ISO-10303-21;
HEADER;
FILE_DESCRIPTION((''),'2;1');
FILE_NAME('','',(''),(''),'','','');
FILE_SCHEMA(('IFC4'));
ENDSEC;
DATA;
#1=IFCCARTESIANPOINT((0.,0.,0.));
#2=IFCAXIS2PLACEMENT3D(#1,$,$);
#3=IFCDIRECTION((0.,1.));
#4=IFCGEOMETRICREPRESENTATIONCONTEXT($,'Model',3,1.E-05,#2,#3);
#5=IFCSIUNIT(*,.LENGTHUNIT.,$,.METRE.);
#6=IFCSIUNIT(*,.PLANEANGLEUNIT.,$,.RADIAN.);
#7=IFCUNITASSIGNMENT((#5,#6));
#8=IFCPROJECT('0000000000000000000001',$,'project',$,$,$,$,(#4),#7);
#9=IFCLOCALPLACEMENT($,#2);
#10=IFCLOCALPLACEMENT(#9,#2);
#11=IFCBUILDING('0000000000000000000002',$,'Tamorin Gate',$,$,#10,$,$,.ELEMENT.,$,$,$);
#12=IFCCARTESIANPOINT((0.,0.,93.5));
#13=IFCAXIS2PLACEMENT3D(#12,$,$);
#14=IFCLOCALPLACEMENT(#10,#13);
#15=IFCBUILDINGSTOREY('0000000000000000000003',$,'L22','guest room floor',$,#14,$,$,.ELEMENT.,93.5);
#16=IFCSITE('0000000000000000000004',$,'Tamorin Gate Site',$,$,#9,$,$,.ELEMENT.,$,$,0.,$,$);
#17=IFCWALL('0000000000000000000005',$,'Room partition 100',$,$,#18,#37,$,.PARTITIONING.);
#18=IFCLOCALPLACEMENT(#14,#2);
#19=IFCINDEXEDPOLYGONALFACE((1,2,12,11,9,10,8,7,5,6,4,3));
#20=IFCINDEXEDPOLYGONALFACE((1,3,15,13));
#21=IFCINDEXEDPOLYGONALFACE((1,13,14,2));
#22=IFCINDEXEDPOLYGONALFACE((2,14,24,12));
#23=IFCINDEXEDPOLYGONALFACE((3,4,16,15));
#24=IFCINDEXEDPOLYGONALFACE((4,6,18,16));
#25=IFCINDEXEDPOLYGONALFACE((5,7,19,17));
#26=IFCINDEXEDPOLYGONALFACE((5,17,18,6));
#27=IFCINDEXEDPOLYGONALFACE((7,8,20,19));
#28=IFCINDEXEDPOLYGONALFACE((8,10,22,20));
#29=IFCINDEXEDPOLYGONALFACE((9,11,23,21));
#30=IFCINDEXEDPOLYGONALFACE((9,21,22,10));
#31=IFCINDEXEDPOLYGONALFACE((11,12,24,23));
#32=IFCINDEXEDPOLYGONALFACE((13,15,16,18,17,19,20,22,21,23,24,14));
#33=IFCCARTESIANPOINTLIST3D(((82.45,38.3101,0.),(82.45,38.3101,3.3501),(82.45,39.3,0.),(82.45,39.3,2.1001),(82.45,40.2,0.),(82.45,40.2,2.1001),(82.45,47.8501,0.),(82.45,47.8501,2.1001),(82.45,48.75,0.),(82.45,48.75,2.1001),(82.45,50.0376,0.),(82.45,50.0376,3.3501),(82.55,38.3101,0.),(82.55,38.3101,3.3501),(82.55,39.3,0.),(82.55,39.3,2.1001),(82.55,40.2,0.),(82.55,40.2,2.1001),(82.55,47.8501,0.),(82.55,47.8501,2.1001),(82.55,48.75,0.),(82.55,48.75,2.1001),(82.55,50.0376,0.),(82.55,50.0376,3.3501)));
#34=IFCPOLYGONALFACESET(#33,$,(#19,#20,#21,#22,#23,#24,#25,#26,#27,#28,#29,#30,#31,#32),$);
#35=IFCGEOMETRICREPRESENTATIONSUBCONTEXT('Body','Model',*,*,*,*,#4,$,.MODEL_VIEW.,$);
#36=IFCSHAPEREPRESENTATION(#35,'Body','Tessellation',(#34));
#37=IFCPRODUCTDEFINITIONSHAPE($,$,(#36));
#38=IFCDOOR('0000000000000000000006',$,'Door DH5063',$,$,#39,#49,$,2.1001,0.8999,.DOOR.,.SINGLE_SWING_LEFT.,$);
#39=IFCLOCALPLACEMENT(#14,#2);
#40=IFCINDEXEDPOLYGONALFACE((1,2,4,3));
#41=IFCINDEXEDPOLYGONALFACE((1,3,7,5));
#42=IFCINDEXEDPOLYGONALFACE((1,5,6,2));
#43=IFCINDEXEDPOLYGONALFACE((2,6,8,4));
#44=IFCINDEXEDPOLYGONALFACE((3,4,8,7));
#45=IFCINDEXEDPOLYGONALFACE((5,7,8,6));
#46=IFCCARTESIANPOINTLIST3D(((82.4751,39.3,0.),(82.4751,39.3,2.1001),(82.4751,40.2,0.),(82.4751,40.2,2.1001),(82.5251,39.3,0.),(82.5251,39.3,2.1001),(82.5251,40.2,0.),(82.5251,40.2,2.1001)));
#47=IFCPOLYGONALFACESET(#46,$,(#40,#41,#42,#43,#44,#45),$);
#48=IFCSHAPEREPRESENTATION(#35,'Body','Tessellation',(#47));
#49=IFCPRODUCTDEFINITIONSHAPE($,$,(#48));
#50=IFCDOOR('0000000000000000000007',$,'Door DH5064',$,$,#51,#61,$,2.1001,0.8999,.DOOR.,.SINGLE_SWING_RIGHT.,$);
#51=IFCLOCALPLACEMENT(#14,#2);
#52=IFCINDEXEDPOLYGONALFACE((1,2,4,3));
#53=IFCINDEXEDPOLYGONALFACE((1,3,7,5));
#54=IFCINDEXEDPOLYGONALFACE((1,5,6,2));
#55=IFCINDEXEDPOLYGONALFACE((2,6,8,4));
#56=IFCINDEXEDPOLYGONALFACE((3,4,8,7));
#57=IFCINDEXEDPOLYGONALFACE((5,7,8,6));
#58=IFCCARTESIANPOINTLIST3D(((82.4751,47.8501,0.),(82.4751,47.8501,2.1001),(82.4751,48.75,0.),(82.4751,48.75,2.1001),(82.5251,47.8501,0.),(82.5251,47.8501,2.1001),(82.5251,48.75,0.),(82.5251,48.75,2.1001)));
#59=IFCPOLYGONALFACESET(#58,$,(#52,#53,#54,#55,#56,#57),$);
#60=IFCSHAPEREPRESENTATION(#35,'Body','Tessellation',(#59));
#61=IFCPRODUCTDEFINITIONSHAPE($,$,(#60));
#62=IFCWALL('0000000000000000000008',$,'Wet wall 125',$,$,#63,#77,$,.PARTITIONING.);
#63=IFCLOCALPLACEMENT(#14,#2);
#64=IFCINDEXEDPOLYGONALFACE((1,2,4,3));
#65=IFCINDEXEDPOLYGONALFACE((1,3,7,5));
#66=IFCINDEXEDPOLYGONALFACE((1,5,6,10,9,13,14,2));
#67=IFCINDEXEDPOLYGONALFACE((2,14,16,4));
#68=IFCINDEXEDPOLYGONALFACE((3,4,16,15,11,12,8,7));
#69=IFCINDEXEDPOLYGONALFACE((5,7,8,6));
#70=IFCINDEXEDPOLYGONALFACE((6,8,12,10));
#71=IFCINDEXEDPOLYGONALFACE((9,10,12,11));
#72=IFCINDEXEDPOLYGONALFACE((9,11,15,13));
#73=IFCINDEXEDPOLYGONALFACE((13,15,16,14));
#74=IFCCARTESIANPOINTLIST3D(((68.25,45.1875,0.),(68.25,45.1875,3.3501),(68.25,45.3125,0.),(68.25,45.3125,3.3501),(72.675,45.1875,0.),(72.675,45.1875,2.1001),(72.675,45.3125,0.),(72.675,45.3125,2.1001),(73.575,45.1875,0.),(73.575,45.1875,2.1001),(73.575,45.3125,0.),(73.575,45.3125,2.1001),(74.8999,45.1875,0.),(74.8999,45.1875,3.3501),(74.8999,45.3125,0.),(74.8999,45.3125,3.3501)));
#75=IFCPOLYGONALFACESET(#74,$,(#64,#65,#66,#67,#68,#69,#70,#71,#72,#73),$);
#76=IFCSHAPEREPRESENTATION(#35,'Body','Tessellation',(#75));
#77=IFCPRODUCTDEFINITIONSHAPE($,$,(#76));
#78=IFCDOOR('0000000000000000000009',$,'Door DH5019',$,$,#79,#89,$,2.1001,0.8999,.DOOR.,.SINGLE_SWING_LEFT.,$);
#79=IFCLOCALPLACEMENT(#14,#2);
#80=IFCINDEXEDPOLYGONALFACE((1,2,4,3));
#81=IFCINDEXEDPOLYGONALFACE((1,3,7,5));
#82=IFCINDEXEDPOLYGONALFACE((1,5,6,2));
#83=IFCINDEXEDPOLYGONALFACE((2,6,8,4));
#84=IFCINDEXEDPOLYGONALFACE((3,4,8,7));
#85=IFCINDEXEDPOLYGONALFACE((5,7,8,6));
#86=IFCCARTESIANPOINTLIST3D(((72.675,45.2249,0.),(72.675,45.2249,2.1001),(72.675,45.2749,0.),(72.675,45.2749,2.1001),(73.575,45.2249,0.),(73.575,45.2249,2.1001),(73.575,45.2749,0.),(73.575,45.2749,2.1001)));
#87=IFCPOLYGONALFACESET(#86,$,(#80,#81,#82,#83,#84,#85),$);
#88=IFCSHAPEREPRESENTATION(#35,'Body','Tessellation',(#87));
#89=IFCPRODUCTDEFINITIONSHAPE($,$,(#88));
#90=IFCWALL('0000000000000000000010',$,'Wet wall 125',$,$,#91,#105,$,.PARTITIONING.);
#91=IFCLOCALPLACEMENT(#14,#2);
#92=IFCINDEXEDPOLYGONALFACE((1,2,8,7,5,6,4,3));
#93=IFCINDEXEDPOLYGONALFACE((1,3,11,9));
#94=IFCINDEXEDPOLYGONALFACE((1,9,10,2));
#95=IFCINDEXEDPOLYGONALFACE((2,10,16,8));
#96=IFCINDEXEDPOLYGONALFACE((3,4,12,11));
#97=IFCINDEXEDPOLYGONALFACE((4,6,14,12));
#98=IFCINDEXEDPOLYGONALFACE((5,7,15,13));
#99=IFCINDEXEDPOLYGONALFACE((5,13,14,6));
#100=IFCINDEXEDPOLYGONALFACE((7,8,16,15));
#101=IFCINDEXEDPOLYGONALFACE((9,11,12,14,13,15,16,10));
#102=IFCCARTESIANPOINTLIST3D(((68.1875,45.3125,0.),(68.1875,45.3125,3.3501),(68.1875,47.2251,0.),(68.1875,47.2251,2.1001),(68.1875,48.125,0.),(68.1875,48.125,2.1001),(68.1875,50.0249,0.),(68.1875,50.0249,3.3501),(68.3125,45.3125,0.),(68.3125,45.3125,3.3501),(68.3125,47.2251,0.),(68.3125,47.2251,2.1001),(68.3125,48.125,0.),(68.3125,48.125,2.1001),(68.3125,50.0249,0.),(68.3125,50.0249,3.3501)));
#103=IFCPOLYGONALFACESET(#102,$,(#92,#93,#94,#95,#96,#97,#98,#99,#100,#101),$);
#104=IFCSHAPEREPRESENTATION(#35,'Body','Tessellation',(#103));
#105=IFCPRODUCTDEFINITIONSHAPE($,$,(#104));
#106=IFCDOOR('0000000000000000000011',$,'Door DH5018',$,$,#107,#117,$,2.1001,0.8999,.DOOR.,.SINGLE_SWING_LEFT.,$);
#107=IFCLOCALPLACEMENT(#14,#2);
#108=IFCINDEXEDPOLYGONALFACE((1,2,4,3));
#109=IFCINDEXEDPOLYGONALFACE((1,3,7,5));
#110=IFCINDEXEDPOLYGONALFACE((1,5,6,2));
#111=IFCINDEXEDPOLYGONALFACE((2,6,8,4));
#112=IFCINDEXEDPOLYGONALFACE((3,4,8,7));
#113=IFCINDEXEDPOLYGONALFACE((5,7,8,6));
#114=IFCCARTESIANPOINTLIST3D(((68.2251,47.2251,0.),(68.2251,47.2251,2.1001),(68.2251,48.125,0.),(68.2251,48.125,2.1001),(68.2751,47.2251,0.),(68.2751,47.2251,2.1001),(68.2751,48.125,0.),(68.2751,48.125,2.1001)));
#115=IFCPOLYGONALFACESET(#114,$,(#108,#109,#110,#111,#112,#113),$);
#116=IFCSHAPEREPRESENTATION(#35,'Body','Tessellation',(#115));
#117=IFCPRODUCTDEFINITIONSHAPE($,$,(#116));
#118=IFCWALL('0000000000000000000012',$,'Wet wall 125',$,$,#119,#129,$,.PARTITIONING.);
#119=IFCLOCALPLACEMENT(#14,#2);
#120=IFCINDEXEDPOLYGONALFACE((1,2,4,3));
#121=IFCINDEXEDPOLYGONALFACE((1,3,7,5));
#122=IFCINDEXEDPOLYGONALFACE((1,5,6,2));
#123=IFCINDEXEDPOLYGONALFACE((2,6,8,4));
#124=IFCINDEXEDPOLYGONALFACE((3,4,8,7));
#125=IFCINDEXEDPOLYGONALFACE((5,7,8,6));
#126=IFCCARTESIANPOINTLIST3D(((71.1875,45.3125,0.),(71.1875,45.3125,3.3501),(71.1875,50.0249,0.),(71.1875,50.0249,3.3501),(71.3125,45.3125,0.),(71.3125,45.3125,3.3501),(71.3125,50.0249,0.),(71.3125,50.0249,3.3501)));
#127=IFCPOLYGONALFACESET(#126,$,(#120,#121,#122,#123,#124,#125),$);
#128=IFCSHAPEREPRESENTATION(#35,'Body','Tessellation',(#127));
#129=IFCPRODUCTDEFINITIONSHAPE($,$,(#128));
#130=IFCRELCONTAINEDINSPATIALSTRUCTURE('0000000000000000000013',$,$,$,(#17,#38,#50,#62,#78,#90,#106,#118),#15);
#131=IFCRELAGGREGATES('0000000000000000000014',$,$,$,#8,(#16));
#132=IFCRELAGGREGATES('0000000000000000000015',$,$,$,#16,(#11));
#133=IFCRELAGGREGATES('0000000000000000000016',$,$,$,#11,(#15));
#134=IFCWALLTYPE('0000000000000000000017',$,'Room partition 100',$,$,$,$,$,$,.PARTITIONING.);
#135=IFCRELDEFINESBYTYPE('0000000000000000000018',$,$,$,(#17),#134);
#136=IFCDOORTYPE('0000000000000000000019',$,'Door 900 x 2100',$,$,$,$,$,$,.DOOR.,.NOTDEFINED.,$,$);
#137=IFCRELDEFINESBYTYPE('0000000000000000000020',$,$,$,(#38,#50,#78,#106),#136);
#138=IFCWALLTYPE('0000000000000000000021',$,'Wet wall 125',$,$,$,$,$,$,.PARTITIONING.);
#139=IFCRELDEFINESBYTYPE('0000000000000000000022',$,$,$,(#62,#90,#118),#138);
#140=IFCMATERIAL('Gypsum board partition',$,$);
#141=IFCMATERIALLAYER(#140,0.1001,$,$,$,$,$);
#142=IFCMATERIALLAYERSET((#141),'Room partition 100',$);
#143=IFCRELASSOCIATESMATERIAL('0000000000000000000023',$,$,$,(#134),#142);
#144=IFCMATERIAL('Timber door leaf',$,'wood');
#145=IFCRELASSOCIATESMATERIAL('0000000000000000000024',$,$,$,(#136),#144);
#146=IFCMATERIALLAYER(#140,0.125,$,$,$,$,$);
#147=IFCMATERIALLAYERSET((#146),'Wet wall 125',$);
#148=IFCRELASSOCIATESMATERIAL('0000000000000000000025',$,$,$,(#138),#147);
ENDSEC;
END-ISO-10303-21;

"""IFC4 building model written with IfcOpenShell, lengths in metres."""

from ifc_helpers import new_model, si_unit, direction, frame, frame_2d, origin, place, context, subcontext, project, spatial, rectangle, extrude, material, layer, layer_set, type_object, element, fill, save


model = new_model("IFC4")

# Units and contexts
model_context = context("Model", 3, precision=1e-05, world=origin(), true_north=direction((0.0, 1.0)))
body_context = subcontext(model_context, "Body", "Model", "MODEL_VIEW")
ifc_project = project(units=[si_unit("LENGTHUNIT", "METRE"), si_unit("PLANEANGLEUNIT", "RADIAN")], contexts=[model_context])

# Site, building, storey
site_placement = place(None, origin())
site = spatial("IfcSite", under=ifc_project, at=site_placement, Name="Tamorin Gate Site", CompositionType="ELEMENT", RefElevation=0.0)
building_placement = place(site_placement, origin())
building = spatial("IfcBuilding", under=site, at=building_placement, Name="Tamorin Gate", CompositionType="ELEMENT")
storey_placement = place(building_placement, frame((0.0, 0.0, 93.5)))
storey = spatial("IfcBuildingStorey", under=building, at=storey_placement, Name="L22", Description="guest room floor", CompositionType="ELEMENT", Elevation=93.5)

# Shared definitions
ifc_material_1 = material(Name="Gypsum board partition")
ifc_layer_1 = layer(ifc_material_1, 0.1001)
ifc_layer_set_1 = layer_set([ifc_layer_1], Name="Room partition 100")
wall_type_1 = type_object("IfcWallType", Name="Room partition 100", PredefinedType="PARTITIONING", material=ifc_layer_set_1)

# Shared definitions
ifc_material_2 = material(Name="Timber door leaf", Category="wood")
door_type = type_object("IfcDoorType", Name="Door 900 x 2100", OperationType="NOTDEFINED", PredefinedType="DOOR", material=ifc_material_2)

# Wall, openings, doors
wall_1_placement = place(storey_placement, frame((82.5, 38.3101, 0.0), z_axis=(0.0, 0.0, 1.0), x_axis=(0.0, 1.0, 0.0)))
wall_1 = element("IfcWall", 1, at=wall_1_placement, inside=storey, type_object=wall_type_1, Name="Room partition 100", PredefinedType="PARTITIONING", context=body_context, shape_type="SweptSolid", body=[
    extrude(rectangle(XDim=11.7275, YDim=0.1001, at=frame_2d((5.8638, 0.0))), origin(), (0.0, 0.0, 1.0), 3.3501),
])
opening_1_placement = place(wall_1_placement, frame((0.99, 0.0, 0.0)))
opening_1 = element("IfcOpeningElement", 2, at=opening_1_placement, cuts=wall_1, PredefinedType="OPENING", context=body_context, shape_type="SweptSolid", body=[
    extrude(rectangle(XDim=0.8999, YDim=2.1001, at=frame_2d((0.45, 1.05))), frame((0.0, 0.0601, 0.0), z_axis=(0.0, -1.0, 0.0), x_axis=(1.0, 0.0, 0.0)), (0.0, 0.0, 1.0), 0.1201),
])
opening_2_placement = place(wall_1_placement, frame((9.54, 0.0, 0.0)))
opening_2 = element("IfcOpeningElement", 3, at=opening_2_placement, cuts=wall_1, PredefinedType="OPENING", context=body_context, shape_type="SweptSolid", body=[
    extrude(rectangle(XDim=0.8999, YDim=2.1001, at=frame_2d((0.45, 1.05))), frame((0.0, 0.0601, 0.0), z_axis=(0.0, -1.0, 0.0), x_axis=(1.0, 0.0, 0.0)), (0.0, 0.0, 1.0), 0.1201),
])
door_1_placement = place(opening_1_placement, origin())
door_1 = element("IfcDoor", 4, at=door_1_placement, inside=storey, type_object=door_type, Name="Door DH5063", OperationType="SINGLE_SWING_LEFT", OverallHeight=2.1001, OverallWidth=0.8999, PredefinedType="DOOR", context=body_context, shape_type="SweptSolid", body=[
    extrude(rectangle(XDim=0.8999, YDim=2.1001, at=frame_2d((0.45, 1.05))), frame((0.0, 0.0249, 0.0), z_axis=(0.0, -1.0, 0.0), x_axis=(1.0, 0.0, 0.0)), (0.0, 0.0, 1.0), 0.05),
])
fill(opening_1, door_1)
door_2_placement = place(opening_2_placement, origin())
door_2 = element("IfcDoor", 5, at=door_2_placement, inside=storey, type_object=door_type, Name="Door DH5064", OperationType="SINGLE_SWING_RIGHT", OverallHeight=2.1001, OverallWidth=0.8999, PredefinedType="DOOR", context=body_context, shape_type="SweptSolid", body=[
    extrude(rectangle(XDim=0.8999, YDim=2.1001, at=frame_2d((0.45, 1.05))), frame((0.0, 0.0249, 0.0), z_axis=(0.0, -1.0, 0.0), x_axis=(1.0, 0.0, 0.0)), (0.0, 0.0, 1.0), 0.05),
])
fill(opening_2, door_2)

# Walls, openings, doors
ifc_layer_2 = layer(ifc_material_1, 0.125)
ifc_layer_set_2 = layer_set([ifc_layer_2], Name="Wet wall 125")
wall_type_2 = type_object("IfcWallType", Name="Wet wall 125", PredefinedType="PARTITIONING", material=ifc_layer_set_2)
wall_2_placement = place(storey_placement, frame((68.25, 45.25, 0.0), z_axis=(0.0, 0.0, 1.0), x_axis=(1.0, 0.0, 0.0)))
wall_2 = element("IfcWall", 6, at=wall_2_placement, inside=storey, type_object=wall_type_2, Name="Wet wall 125", PredefinedType="PARTITIONING", context=body_context, shape_type="SweptSolid", body=[
    extrude(rectangle(XDim=6.6499, YDim=0.125, at=frame_2d((3.325, 0.0))), origin(), (0.0, 0.0, 1.0), 3.3501),
])
opening_3_placement = place(wall_2_placement, frame((4.425, 0.0, 0.0)))
opening_3 = element("IfcOpeningElement", 7, at=opening_3_placement, cuts=wall_2, PredefinedType="OPENING", context=body_context, shape_type="SweptSolid", body=[
    extrude(rectangle(XDim=0.8999, YDim=2.1001, at=frame_2d((0.45, 1.05))), frame((0.0, 0.0725, 0.0), z_axis=(0.0, -1.0, 0.0), x_axis=(1.0, 0.0, 0.0)), (0.0, 0.0, 1.0), 0.145),
])
door_3_placement = place(opening_3_placement, origin())
door_3 = element("IfcDoor", 8, at=door_3_placement, inside=storey, type_object=door_type, Name="Door DH5019", OperationType="SINGLE_SWING_LEFT", OverallHeight=2.1001, OverallWidth=0.8999, PredefinedType="DOOR", context=body_context, shape_type="SweptSolid", body=[
    extrude(rectangle(XDim=0.8999, YDim=2.1001, at=frame_2d((0.45, 1.05))), frame((0.0, 0.0249, 0.0), z_axis=(0.0, -1.0, 0.0), x_axis=(1.0, 0.0, 0.0)), (0.0, 0.0, 1.0), 0.05),
])
fill(opening_3, door_3)
wall_3_placement = place(storey_placement, frame((68.25, 45.3125, 0.0), z_axis=(0.0, 0.0, 1.0), x_axis=(0.0, 1.0, 0.0)))
wall_3 = element("IfcWall", 9, at=wall_3_placement, inside=storey, type_object=wall_type_2, Name="Wet wall 125", PredefinedType="PARTITIONING", context=body_context, shape_type="SweptSolid", body=[
    extrude(rectangle(XDim=4.7124, YDim=0.125, at=frame_2d((2.3562, 0.0))), origin(), (0.0, 0.0, 1.0), 3.3501),
])
opening_4_placement = place(wall_3_placement, frame((1.9126, 0.0, 0.0)))
opening_4 = element("IfcOpeningElement", 10, at=opening_4_placement, cuts=wall_3, PredefinedType="OPENING", context=body_context, shape_type="SweptSolid", body=[
    extrude(rectangle(XDim=0.8999, YDim=2.1001, at=frame_2d((0.45, 1.05))), frame((0.0, 0.0725, 0.0), z_axis=(0.0, -1.0, 0.0), x_axis=(1.0, 0.0, 0.0)), (0.0, 0.0, 1.0), 0.145),
])
door_4_placement = place(opening_4_placement, origin())
door_4 = element("IfcDoor", 11, at=door_4_placement, inside=storey, type_object=door_type, Name="Door DH5018", OperationType="SINGLE_SWING_LEFT", OverallHeight=2.1001, OverallWidth=0.8999, PredefinedType="DOOR", context=body_context, shape_type="SweptSolid", body=[
    extrude(rectangle(XDim=0.8999, YDim=2.1001, at=frame_2d((0.45, 1.05))), frame((0.0, 0.0249, 0.0), z_axis=(0.0, -1.0, 0.0), x_axis=(1.0, 0.0, 0.0)), (0.0, 0.0, 1.0), 0.05),
])
fill(opening_4, door_4)

# Wall
wall_4_placement = place(storey_placement, frame((71.25, 45.3125, 0.0), z_axis=(0.0, 0.0, 1.0), x_axis=(0.0, 1.0, 0.0)))
element("IfcWall", 12, at=wall_4_placement, inside=storey, type_object=wall_type_2, Name="Wet wall 125", PredefinedType="PARTITIONING", context=body_context, shape_type="SweptSolid", body=[
    extrude(rectangle(XDim=4.7124, YDim=0.125, at=frame_2d((2.3562, 0.0))), origin(), (0.0, 0.0, 1.0), 3.3501),
])

save(model, "model.ifc")
